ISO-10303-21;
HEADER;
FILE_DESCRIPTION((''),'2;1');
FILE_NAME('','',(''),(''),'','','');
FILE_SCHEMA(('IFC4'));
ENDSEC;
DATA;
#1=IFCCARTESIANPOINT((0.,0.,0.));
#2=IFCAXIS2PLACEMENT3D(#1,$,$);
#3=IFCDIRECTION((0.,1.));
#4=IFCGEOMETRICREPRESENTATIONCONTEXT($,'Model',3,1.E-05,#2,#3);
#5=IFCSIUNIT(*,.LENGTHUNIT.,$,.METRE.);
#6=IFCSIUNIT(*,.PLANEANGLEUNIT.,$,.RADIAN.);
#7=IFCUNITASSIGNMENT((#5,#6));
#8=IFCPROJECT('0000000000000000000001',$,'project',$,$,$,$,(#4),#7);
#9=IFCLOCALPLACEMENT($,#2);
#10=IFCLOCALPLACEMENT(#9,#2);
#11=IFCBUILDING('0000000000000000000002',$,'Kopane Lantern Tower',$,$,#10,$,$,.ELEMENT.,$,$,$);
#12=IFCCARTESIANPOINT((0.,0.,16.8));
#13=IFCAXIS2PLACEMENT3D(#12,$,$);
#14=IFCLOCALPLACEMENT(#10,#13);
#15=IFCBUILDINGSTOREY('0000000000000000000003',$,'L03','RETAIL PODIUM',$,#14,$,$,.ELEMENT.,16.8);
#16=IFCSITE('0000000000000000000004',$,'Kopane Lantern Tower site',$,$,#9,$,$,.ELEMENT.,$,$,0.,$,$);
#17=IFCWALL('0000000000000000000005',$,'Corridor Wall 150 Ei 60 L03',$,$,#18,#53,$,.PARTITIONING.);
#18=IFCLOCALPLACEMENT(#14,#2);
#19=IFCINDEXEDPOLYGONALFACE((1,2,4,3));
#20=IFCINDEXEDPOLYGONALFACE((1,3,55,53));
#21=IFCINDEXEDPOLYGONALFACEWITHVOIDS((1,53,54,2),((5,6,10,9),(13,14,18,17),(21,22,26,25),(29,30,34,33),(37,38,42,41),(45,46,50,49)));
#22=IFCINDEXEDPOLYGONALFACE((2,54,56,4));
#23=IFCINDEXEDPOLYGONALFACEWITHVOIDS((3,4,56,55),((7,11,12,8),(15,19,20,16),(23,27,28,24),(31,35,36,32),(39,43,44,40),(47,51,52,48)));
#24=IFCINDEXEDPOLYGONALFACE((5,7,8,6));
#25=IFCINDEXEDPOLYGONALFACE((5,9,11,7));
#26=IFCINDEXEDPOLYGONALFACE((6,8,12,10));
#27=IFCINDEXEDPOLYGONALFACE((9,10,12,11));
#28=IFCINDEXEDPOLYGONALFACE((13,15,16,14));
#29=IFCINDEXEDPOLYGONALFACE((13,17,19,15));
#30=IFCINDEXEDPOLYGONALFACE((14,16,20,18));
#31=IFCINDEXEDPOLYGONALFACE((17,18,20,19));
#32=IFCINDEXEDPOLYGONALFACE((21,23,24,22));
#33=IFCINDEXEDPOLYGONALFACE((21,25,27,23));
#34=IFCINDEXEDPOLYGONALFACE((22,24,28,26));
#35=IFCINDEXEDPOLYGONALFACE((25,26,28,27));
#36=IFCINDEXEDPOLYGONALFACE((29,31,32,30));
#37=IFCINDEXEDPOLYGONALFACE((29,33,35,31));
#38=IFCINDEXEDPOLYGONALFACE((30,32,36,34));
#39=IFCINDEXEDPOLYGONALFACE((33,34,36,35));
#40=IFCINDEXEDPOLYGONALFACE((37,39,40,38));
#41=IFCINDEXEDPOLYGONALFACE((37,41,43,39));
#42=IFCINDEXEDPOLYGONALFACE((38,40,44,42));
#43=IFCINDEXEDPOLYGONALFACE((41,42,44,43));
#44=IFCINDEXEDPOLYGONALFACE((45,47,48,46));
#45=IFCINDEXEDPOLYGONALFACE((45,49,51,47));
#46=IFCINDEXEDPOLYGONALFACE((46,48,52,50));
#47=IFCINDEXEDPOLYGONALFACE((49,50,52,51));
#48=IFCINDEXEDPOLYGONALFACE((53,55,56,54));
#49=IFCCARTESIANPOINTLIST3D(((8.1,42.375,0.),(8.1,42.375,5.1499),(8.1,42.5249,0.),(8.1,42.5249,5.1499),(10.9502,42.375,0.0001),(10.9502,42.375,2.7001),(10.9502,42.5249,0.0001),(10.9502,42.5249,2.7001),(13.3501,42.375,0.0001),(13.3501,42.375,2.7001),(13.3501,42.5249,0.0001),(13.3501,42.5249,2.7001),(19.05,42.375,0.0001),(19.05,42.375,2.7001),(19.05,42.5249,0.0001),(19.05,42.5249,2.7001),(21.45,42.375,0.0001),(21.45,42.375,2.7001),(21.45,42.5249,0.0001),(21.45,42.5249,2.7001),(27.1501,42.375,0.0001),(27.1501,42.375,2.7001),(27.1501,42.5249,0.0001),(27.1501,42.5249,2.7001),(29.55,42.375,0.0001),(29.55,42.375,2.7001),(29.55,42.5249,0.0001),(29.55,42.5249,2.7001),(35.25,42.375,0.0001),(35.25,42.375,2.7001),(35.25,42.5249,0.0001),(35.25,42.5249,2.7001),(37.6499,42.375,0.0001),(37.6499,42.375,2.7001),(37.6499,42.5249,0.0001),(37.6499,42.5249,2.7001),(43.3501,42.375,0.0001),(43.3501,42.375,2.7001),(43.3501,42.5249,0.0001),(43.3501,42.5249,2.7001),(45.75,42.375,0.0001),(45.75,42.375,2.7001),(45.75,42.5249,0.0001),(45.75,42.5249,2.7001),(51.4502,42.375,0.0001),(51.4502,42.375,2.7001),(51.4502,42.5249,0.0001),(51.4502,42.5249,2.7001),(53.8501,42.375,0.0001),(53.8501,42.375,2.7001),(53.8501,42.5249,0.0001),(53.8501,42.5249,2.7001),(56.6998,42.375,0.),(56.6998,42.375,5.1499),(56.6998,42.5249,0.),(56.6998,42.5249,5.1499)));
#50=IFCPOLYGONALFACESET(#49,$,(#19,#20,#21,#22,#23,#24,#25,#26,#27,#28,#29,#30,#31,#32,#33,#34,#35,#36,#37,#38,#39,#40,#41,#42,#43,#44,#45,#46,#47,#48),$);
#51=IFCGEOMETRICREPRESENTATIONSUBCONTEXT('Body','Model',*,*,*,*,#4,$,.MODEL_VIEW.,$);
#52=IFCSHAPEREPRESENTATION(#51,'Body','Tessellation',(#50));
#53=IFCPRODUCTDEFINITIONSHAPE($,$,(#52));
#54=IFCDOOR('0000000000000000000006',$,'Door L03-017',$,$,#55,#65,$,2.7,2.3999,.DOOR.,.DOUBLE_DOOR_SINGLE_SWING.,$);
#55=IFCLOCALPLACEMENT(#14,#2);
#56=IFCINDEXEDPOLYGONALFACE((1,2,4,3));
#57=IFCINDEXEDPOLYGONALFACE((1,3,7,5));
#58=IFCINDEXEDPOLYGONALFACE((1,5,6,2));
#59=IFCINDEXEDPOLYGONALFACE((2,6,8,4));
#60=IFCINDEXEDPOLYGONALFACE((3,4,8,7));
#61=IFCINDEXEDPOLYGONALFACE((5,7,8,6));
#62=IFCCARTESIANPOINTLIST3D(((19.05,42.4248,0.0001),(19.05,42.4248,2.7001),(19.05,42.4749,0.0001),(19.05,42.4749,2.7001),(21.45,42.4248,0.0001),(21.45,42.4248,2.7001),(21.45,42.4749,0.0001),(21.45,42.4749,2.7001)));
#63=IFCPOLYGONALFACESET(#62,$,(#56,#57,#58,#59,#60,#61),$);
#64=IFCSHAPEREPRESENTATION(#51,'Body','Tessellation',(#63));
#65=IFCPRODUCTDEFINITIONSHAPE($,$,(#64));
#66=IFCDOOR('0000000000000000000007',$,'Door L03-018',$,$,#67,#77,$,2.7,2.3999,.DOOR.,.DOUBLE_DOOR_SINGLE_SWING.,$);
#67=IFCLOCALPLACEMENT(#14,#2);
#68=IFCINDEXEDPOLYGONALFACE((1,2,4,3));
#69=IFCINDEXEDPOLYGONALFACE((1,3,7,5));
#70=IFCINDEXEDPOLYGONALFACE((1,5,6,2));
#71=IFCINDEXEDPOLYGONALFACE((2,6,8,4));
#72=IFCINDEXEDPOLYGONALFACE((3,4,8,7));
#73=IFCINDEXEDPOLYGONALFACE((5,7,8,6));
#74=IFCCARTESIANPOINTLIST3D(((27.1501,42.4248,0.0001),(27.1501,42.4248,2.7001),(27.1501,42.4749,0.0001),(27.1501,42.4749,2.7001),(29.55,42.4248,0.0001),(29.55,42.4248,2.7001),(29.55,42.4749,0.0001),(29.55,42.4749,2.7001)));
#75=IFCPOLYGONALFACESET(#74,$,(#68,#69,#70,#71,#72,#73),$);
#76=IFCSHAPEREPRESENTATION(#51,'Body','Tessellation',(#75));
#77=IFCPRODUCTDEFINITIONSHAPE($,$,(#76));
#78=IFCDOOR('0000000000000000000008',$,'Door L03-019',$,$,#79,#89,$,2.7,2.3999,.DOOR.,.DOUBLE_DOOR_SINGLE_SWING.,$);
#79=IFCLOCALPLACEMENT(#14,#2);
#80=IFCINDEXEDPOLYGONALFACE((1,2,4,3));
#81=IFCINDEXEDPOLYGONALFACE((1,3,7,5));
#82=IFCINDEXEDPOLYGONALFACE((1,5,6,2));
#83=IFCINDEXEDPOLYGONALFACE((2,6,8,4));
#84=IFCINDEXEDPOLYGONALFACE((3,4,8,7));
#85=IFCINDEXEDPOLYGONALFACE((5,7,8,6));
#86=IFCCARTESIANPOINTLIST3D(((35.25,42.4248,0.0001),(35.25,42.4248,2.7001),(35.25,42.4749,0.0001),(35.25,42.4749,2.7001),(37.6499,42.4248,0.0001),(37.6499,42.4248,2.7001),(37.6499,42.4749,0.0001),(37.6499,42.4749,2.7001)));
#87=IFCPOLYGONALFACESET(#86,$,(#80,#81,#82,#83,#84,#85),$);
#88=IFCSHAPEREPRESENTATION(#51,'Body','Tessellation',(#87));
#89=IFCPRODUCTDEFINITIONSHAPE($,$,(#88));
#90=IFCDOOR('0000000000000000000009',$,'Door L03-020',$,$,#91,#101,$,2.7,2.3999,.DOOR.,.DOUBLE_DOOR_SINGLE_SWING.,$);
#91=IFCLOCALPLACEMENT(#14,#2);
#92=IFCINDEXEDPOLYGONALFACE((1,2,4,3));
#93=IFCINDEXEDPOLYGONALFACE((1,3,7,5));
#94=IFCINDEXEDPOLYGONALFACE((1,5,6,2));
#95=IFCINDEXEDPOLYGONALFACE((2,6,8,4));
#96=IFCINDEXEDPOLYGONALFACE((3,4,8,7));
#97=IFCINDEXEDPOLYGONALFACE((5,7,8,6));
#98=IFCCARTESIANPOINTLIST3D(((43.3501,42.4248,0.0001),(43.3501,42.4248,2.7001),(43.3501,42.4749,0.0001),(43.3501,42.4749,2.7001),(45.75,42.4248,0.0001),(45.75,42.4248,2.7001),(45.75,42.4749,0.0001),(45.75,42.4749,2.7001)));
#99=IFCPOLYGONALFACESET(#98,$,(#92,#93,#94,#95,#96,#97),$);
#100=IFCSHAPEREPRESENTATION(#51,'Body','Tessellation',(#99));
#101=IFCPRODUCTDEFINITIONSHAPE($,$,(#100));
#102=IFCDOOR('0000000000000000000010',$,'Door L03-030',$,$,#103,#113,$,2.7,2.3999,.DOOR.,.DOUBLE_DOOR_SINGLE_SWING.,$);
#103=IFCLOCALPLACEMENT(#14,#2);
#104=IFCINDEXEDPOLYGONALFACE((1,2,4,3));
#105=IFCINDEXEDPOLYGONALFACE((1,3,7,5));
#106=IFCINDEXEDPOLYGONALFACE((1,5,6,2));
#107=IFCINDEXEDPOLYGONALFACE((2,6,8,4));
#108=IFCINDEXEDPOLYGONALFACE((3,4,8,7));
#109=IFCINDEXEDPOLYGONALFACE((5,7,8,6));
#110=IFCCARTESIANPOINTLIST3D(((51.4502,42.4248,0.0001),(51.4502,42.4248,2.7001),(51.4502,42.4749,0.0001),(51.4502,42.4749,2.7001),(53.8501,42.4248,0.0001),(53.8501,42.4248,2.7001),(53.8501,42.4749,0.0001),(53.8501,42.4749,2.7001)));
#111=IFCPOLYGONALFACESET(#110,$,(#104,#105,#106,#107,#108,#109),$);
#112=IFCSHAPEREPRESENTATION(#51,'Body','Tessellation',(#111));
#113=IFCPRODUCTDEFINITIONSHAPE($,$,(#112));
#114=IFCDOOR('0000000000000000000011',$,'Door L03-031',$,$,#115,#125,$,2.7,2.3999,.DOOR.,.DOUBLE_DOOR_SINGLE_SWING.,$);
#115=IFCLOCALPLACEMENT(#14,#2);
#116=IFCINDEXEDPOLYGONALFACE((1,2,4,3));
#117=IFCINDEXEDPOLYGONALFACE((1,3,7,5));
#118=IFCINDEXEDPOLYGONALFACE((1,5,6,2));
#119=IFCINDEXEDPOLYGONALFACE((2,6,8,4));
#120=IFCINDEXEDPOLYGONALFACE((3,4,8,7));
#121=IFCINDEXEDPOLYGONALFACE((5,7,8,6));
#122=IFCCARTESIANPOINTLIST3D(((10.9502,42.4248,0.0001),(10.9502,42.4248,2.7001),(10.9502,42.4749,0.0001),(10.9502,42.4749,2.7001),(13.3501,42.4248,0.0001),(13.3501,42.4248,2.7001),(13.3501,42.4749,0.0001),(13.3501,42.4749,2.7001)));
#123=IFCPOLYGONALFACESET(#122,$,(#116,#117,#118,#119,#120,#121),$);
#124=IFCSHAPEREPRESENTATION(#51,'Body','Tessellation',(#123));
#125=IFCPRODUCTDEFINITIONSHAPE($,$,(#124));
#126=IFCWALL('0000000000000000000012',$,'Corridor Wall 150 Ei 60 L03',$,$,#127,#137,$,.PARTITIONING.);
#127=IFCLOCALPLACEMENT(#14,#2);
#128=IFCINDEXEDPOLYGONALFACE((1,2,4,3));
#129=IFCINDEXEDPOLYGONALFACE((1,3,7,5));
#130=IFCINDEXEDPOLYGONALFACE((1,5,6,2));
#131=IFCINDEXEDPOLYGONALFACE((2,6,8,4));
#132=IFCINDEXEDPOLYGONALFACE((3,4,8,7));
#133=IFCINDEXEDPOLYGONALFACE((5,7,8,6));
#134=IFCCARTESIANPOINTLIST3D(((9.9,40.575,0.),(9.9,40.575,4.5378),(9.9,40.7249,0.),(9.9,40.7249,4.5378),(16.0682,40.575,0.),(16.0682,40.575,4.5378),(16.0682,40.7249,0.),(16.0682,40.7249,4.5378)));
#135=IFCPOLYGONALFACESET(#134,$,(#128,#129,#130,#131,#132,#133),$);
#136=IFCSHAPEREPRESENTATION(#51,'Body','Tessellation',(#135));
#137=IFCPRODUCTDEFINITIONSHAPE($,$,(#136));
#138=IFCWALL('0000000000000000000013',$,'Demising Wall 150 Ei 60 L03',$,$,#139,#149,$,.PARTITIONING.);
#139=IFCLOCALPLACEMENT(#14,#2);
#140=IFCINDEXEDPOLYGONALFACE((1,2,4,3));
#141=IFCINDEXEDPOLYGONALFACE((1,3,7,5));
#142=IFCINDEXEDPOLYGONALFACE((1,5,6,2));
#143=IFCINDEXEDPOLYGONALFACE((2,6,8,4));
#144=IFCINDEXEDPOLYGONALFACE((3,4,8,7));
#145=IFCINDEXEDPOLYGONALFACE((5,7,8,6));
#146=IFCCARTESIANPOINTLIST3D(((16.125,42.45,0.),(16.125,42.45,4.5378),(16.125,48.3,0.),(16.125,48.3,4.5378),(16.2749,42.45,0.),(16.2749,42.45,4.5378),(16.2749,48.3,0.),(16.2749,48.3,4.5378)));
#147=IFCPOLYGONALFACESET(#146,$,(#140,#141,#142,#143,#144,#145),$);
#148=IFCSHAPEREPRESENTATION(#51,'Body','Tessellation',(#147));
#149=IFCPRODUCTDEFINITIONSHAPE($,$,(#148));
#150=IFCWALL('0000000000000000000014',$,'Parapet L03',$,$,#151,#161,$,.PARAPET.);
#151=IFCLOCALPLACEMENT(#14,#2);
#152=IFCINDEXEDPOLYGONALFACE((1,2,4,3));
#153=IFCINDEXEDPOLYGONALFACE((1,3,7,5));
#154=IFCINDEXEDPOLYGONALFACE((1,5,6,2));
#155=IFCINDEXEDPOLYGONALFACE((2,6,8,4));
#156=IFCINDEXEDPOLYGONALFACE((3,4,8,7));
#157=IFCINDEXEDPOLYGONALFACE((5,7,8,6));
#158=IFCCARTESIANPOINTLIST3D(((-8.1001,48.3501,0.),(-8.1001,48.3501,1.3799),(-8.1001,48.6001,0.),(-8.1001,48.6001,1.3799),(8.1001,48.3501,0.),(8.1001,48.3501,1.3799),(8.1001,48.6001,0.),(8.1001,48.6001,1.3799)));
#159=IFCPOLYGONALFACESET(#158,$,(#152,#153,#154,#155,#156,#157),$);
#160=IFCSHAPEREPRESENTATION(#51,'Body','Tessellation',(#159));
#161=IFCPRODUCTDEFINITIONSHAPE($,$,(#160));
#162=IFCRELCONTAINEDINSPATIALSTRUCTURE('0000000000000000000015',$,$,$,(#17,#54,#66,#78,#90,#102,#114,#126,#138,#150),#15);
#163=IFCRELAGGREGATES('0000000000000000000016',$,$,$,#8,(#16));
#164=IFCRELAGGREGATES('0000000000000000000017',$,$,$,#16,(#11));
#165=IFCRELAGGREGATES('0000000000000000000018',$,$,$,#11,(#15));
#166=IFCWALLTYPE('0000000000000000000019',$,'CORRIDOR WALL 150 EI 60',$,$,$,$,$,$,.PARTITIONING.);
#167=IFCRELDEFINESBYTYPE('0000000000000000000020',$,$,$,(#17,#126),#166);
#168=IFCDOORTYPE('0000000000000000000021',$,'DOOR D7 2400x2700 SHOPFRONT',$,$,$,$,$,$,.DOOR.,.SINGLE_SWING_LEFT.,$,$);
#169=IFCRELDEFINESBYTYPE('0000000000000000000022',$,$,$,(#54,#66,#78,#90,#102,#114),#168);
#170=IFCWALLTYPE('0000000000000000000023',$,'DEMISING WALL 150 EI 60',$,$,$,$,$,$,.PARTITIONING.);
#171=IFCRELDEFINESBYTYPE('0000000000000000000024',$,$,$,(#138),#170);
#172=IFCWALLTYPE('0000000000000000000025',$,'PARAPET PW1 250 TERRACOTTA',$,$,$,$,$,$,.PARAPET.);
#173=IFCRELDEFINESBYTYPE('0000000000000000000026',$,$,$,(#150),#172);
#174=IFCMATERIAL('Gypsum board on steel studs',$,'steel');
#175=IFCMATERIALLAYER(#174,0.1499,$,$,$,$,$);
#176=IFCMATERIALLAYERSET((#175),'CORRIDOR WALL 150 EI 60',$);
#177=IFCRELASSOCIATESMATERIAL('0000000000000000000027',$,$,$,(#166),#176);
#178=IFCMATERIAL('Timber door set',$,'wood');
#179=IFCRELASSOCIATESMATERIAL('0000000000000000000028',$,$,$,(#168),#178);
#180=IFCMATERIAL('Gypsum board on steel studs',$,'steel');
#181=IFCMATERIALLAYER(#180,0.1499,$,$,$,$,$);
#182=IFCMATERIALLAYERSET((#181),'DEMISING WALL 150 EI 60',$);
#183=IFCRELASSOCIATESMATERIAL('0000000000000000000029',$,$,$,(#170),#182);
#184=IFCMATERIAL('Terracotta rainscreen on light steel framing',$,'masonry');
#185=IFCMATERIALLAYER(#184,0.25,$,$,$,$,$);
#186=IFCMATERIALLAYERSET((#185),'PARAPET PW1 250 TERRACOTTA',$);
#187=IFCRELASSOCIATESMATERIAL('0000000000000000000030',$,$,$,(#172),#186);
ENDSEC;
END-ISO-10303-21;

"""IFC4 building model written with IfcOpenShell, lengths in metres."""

from ifc_helpers import new_model, si_unit, direction, frame, frame_2d, origin, place, context, subcontext, project, spatial, rectangle, extrude, material, layer, layer_set, type_object, element, fill, save


model = new_model("IFC4")

# Units and contexts
model_context = context("Model", 3, precision=1e-05, world=origin(), true_north=direction((0.0, 1.0)))
body_context = subcontext(model_context, "Body", "Model", "MODEL_VIEW")
ifc_project = project(units=[si_unit("LENGTHUNIT", "METRE"), si_unit("PLANEANGLEUNIT", "RADIAN")], contexts=[model_context])

# Site, building, storey
site_placement = place(None, origin())
site = spatial("IfcSite", under=ifc_project, at=site_placement, Name="Kopane Lantern Tower site", CompositionType="ELEMENT", RefElevation=0.0)
building_placement = place(site_placement, origin())
building = spatial("IfcBuilding", under=site, at=building_placement, Name="Kopane Lantern Tower", CompositionType="ELEMENT")
storey_placement = place(building_placement, frame((0.0, 0.0, 16.8)))
storey = spatial("IfcBuildingStorey", under=building, at=storey_placement, Name="L03", Description="RETAIL PODIUM", CompositionType="ELEMENT", Elevation=16.8)

# Wall, openings, doors
ifc_material_1 = material(Name="Gypsum board on steel studs", Category="steel")
ifc_layer_1 = layer(ifc_material_1, 0.1499)
ifc_layer_set_1 = layer_set([ifc_layer_1], Name="CORRIDOR WALL 150 EI 60")
wall_type_1 = type_object("IfcWallType", Name="CORRIDOR WALL 150 EI 60", PredefinedType="PARTITIONING", material=ifc_layer_set_1)
wall_1_placement = place(storey_placement, frame((8.1001, 42.45, 0.0), z_axis=(0.0, 0.0, 1.0), x_axis=(1.0, 0.0, 0.0)))
wall_1 = element("IfcWall", 1, at=wall_1_placement, inside=storey, type_object=wall_type_1, Name="Corridor Wall 150 Ei 60 L03", PredefinedType="PARTITIONING", context=body_context, shape_type="SweptSolid", body=[
    extrude(rectangle(XDim=48.5999, YDim=0.1499, at=frame_2d((24.2998, 0.0))), origin(), (0.0, 0.0, 1.0), 5.1499),
])
opening_1_placement = place(wall_1_placement, frame((10.95, 0.0, 0.0)))
opening_1 = element("IfcOpeningElement", 2, at=opening_1_placement, cuts=wall_1, PredefinedType="OPENING", context=body_context, shape_type="SweptSolid", body=[
    extrude(rectangle(XDim=2.3999, YDim=2.7, at=frame_2d((1.2, 1.3501))), frame((0.0, 0.085, 0.0), z_axis=(0.0, -1.0, 0.0), x_axis=(1.0, 0.0, 0.0)), (0.0, 0.0, 1.0), 0.1699),
])
opening_2_placement = place(wall_1_placement, frame((19.05, 0.0, 0.0)))
opening_2 = element("IfcOpeningElement", 3, at=opening_2_placement, cuts=wall_1, PredefinedType="OPENING", context=body_context, shape_type="SweptSolid", body=[
    extrude(rectangle(XDim=2.3999, YDim=2.7, at=frame_2d((1.2, 1.3501))), frame((0.0, 0.085, 0.0), z_axis=(0.0, -1.0, 0.0), x_axis=(1.0, 0.0, 0.0)), (0.0, 0.0, 1.0), 0.1699),
])
opening_3_placement = place(wall_1_placement, frame((27.1499, 0.0, 0.0)))
opening_3 = element("IfcOpeningElement", 4, at=opening_3_placement, cuts=wall_1, PredefinedType="OPENING", context=body_context, shape_type="SweptSolid", body=[
    extrude(rectangle(XDim=2.3999, YDim=2.7, at=frame_2d((1.2, 1.3501))), frame((0.0, 0.085, 0.0), z_axis=(0.0, -1.0, 0.0), x_axis=(1.0, 0.0, 0.0)), (0.0, 0.0, 1.0), 0.1699),
])
opening_4_placement = place(wall_1_placement, frame((35.25, 0.0, 0.0)))
opening_4 = element("IfcOpeningElement", 5, at=opening_4_placement, cuts=wall_1, PredefinedType="OPENING", context=body_context, shape_type="SweptSolid", body=[
    extrude(rectangle(XDim=2.3999, YDim=2.7, at=frame_2d((1.2, 1.3501))), frame((0.0, 0.085, 0.0), z_axis=(0.0, -1.0, 0.0), x_axis=(1.0, 0.0, 0.0)), (0.0, 0.0, 1.0), 0.1699),
])
opening_5_placement = place(wall_1_placement, frame((43.3501, 0.0, 0.0)))
opening_5 = element("IfcOpeningElement", 6, at=opening_5_placement, cuts=wall_1, PredefinedType="OPENING", context=body_context, shape_type="SweptSolid", body=[
    extrude(rectangle(XDim=2.3999, YDim=2.7, at=frame_2d((1.2, 1.3501))), frame((0.0, 0.085, 0.0), z_axis=(0.0, -1.0, 0.0), x_axis=(1.0, 0.0, 0.0)), (0.0, 0.0, 1.0), 0.1699),
])
opening_6_placement = place(wall_1_placement, frame((2.8501, 0.0, 0.0)))
opening_6 = element("IfcOpeningElement", 7, at=opening_6_placement, cuts=wall_1, PredefinedType="OPENING", context=body_context, shape_type="SweptSolid", body=[
    extrude(rectangle(XDim=2.3999, YDim=2.7, at=frame_2d((1.2, 1.3501))), frame((0.0, 0.085, 0.0), z_axis=(0.0, -1.0, 0.0), x_axis=(1.0, 0.0, 0.0)), (0.0, 0.0, 1.0), 0.1699),
])
ifc_material_2 = material(Name="Timber door set", Category="wood")
door_type = type_object("IfcDoorType", Name="DOOR D7 2400x2700 SHOPFRONT", OperationType="SINGLE_SWING_LEFT", PredefinedType="DOOR", material=ifc_material_2)
door_1_placement = place(opening_1_placement, origin())
door_1 = element("IfcDoor", 8, at=door_1_placement, inside=storey, type_object=door_type, Name="Door L03-017", OperationType="DOUBLE_DOOR_SINGLE_SWING", OverallHeight=2.7, OverallWidth=2.3999, PredefinedType="DOOR", context=body_context, shape_type="SweptSolid", body=[
    extrude(rectangle(XDim=2.3999, YDim=2.7, at=frame_2d((1.2, 1.3501))), frame((0.0, 0.0249, 0.0), z_axis=(0.0, -1.0, 0.0), x_axis=(1.0, 0.0, 0.0)), (0.0, 0.0, 1.0), 0.05),
])
fill(opening_1, door_1)
door_2_placement = place(opening_2_placement, origin())
door_2 = element("IfcDoor", 9, at=door_2_placement, inside=storey, type_object=door_type, Name="Door L03-018", OperationType="DOUBLE_DOOR_SINGLE_SWING", OverallHeight=2.7, OverallWidth=2.3999, PredefinedType="DOOR", context=body_context, shape_type="SweptSolid", body=[
    extrude(rectangle(XDim=2.3999, YDim=2.7, at=frame_2d((1.2, 1.3501))), frame((0.0, 0.0249, 0.0), z_axis=(0.0, -1.0, 0.0), x_axis=(1.0, 0.0, 0.0)), (0.0, 0.0, 1.0), 0.05),
])
fill(opening_2, door_2)
door_3_placement = place(opening_3_placement, origin())
door_3 = element("IfcDoor", 10, at=door_3_placement, inside=storey, type_object=door_type, Name="Door L03-019", OperationType="DOUBLE_DOOR_SINGLE_SWING", OverallHeight=2.7, OverallWidth=2.3999, PredefinedType="DOOR", context=body_context, shape_type="SweptSolid", body=[
    extrude(rectangle(XDim=2.3999, YDim=2.7, at=frame_2d((1.2, 1.3501))), frame((0.0, 0.0249, 0.0), z_axis=(0.0, -1.0, 0.0), x_axis=(1.0, 0.0, 0.0)), (0.0, 0.0, 1.0), 0.05),
])
fill(opening_3, door_3)
door_4_placement = place(opening_4_placement, origin())
door_4 = element("IfcDoor", 11, at=door_4_placement, inside=storey, type_object=door_type, Name="Door L03-020", OperationType="DOUBLE_DOOR_SINGLE_SWING", OverallHeight=2.7, OverallWidth=2.3999, PredefinedType="DOOR", context=body_context, shape_type="SweptSolid", body=[
    extrude(rectangle(XDim=2.3999, YDim=2.7, at=frame_2d((1.2, 1.3501))), frame((0.0, 0.0249, 0.0), z_axis=(0.0, -1.0, 0.0), x_axis=(1.0, 0.0, 0.0)), (0.0, 0.0, 1.0), 0.05),
])
fill(opening_4, door_4)
door_5_placement = place(opening_5_placement, origin())
door_5 = element("IfcDoor", 12, at=door_5_placement, inside=storey, type_object=door_type, Name="Door L03-030", OperationType="DOUBLE_DOOR_SINGLE_SWING", OverallHeight=2.7, OverallWidth=2.3999, PredefinedType="DOOR", context=body_context, shape_type="SweptSolid", body=[
    extrude(rectangle(XDim=2.3999, YDim=2.7, at=frame_2d((1.2, 1.3501))), frame((0.0, 0.0249, 0.0), z_axis=(0.0, -1.0, 0.0), x_axis=(1.0, 0.0, 0.0)), (0.0, 0.0, 1.0), 0.05),
])
fill(opening_5, door_5)
door_6_placement = place(opening_6_placement, origin())
door_6 = element("IfcDoor", 13, at=door_6_placement, inside=storey, type_object=door_type, Name="Door L03-031", OperationType="DOUBLE_DOOR_SINGLE_SWING", OverallHeight=2.7, OverallWidth=2.3999, PredefinedType="DOOR", context=body_context, shape_type="SweptSolid", body=[
    extrude(rectangle(XDim=2.3999, YDim=2.7, at=frame_2d((1.2, 1.3501))), frame((0.0, 0.0249, 0.0), z_axis=(0.0, -1.0, 0.0), x_axis=(1.0, 0.0, 0.0)), (0.0, 0.0, 1.0), 0.05),
])
fill(opening_6, door_6)

# Walls
wall_2_placement = place(storey_placement, frame((16.0681, 40.6499, 0.0), z_axis=(0.0, 0.0, 1.0), x_axis=(-1.0, 0.0, 0.0)))
element("IfcWall", 14, at=wall_2_placement, inside=storey, type_object=wall_type_1, Name="Corridor Wall 150 Ei 60 L03", PredefinedType="PARTITIONING", context=body_context, shape_type="SweptSolid", body=[
    extrude(rectangle(XDim=6.1682, YDim=0.1499, at=frame_2d((3.084, 0.0))), origin(), (0.0, 0.0, 1.0), 4.5378),
])
ifc_material_3 = material(Name="Gypsum board on steel studs", Category="steel")
ifc_layer_2 = layer(ifc_material_3, 0.1499)
ifc_layer_set_2 = layer_set([ifc_layer_2], Name="DEMISING WALL 150 EI 60")
wall_type_2 = type_object("IfcWallType", Name="DEMISING WALL 150 EI 60", PredefinedType="PARTITIONING", material=ifc_layer_set_2)
wall_3_placement = place(storey_placement, frame((16.2, 42.45, 0.0), z_axis=(0.0, 0.0, 1.0), x_axis=(0.0, 1.0, 0.0)))
element("IfcWall", 15, at=wall_3_placement, inside=storey, type_object=wall_type_2, Name="Demising Wall 150 Ei 60 L03", PredefinedType="PARTITIONING", context=body_context, shape_type="SweptSolid", body=[
    extrude(rectangle(XDim=5.8501, YDim=0.1499, at=frame_2d((2.925, 0.0))), origin(), (0.0, 0.0, 1.0), 4.5378),
])
ifc_material_4 = material(Name="Terracotta rainscreen on light steel framing", Category="masonry")
ifc_layer_3 = layer(ifc_material_4, 0.25)
ifc_layer_set_3 = layer_set([ifc_layer_3], Name="PARAPET PW1 250 TERRACOTTA")
wall_type_3 = type_object("IfcWallType", Name="PARAPET PW1 250 TERRACOTTA", PredefinedType="PARAPET", material=ifc_layer_set_3)
wall_4_placement = place(storey_placement, frame((8.1001, 48.4751, 0.0), z_axis=(0.0, 0.0, 1.0), x_axis=(-1.0, 0.0, 0.0)))
element("IfcWall", 16, at=wall_4_placement, inside=storey, type_object=wall_type_3, Name="Parapet L03", PredefinedType="PARAPET", context=body_context, shape_type="SweptSolid", body=[
    extrude(rectangle(XDim=16.2002, YDim=0.25, at=frame_2d((8.1001, 0.0))), origin(), (0.0, 0.0, 1.0), 1.3799),
])

save(model, "model.ifc")
